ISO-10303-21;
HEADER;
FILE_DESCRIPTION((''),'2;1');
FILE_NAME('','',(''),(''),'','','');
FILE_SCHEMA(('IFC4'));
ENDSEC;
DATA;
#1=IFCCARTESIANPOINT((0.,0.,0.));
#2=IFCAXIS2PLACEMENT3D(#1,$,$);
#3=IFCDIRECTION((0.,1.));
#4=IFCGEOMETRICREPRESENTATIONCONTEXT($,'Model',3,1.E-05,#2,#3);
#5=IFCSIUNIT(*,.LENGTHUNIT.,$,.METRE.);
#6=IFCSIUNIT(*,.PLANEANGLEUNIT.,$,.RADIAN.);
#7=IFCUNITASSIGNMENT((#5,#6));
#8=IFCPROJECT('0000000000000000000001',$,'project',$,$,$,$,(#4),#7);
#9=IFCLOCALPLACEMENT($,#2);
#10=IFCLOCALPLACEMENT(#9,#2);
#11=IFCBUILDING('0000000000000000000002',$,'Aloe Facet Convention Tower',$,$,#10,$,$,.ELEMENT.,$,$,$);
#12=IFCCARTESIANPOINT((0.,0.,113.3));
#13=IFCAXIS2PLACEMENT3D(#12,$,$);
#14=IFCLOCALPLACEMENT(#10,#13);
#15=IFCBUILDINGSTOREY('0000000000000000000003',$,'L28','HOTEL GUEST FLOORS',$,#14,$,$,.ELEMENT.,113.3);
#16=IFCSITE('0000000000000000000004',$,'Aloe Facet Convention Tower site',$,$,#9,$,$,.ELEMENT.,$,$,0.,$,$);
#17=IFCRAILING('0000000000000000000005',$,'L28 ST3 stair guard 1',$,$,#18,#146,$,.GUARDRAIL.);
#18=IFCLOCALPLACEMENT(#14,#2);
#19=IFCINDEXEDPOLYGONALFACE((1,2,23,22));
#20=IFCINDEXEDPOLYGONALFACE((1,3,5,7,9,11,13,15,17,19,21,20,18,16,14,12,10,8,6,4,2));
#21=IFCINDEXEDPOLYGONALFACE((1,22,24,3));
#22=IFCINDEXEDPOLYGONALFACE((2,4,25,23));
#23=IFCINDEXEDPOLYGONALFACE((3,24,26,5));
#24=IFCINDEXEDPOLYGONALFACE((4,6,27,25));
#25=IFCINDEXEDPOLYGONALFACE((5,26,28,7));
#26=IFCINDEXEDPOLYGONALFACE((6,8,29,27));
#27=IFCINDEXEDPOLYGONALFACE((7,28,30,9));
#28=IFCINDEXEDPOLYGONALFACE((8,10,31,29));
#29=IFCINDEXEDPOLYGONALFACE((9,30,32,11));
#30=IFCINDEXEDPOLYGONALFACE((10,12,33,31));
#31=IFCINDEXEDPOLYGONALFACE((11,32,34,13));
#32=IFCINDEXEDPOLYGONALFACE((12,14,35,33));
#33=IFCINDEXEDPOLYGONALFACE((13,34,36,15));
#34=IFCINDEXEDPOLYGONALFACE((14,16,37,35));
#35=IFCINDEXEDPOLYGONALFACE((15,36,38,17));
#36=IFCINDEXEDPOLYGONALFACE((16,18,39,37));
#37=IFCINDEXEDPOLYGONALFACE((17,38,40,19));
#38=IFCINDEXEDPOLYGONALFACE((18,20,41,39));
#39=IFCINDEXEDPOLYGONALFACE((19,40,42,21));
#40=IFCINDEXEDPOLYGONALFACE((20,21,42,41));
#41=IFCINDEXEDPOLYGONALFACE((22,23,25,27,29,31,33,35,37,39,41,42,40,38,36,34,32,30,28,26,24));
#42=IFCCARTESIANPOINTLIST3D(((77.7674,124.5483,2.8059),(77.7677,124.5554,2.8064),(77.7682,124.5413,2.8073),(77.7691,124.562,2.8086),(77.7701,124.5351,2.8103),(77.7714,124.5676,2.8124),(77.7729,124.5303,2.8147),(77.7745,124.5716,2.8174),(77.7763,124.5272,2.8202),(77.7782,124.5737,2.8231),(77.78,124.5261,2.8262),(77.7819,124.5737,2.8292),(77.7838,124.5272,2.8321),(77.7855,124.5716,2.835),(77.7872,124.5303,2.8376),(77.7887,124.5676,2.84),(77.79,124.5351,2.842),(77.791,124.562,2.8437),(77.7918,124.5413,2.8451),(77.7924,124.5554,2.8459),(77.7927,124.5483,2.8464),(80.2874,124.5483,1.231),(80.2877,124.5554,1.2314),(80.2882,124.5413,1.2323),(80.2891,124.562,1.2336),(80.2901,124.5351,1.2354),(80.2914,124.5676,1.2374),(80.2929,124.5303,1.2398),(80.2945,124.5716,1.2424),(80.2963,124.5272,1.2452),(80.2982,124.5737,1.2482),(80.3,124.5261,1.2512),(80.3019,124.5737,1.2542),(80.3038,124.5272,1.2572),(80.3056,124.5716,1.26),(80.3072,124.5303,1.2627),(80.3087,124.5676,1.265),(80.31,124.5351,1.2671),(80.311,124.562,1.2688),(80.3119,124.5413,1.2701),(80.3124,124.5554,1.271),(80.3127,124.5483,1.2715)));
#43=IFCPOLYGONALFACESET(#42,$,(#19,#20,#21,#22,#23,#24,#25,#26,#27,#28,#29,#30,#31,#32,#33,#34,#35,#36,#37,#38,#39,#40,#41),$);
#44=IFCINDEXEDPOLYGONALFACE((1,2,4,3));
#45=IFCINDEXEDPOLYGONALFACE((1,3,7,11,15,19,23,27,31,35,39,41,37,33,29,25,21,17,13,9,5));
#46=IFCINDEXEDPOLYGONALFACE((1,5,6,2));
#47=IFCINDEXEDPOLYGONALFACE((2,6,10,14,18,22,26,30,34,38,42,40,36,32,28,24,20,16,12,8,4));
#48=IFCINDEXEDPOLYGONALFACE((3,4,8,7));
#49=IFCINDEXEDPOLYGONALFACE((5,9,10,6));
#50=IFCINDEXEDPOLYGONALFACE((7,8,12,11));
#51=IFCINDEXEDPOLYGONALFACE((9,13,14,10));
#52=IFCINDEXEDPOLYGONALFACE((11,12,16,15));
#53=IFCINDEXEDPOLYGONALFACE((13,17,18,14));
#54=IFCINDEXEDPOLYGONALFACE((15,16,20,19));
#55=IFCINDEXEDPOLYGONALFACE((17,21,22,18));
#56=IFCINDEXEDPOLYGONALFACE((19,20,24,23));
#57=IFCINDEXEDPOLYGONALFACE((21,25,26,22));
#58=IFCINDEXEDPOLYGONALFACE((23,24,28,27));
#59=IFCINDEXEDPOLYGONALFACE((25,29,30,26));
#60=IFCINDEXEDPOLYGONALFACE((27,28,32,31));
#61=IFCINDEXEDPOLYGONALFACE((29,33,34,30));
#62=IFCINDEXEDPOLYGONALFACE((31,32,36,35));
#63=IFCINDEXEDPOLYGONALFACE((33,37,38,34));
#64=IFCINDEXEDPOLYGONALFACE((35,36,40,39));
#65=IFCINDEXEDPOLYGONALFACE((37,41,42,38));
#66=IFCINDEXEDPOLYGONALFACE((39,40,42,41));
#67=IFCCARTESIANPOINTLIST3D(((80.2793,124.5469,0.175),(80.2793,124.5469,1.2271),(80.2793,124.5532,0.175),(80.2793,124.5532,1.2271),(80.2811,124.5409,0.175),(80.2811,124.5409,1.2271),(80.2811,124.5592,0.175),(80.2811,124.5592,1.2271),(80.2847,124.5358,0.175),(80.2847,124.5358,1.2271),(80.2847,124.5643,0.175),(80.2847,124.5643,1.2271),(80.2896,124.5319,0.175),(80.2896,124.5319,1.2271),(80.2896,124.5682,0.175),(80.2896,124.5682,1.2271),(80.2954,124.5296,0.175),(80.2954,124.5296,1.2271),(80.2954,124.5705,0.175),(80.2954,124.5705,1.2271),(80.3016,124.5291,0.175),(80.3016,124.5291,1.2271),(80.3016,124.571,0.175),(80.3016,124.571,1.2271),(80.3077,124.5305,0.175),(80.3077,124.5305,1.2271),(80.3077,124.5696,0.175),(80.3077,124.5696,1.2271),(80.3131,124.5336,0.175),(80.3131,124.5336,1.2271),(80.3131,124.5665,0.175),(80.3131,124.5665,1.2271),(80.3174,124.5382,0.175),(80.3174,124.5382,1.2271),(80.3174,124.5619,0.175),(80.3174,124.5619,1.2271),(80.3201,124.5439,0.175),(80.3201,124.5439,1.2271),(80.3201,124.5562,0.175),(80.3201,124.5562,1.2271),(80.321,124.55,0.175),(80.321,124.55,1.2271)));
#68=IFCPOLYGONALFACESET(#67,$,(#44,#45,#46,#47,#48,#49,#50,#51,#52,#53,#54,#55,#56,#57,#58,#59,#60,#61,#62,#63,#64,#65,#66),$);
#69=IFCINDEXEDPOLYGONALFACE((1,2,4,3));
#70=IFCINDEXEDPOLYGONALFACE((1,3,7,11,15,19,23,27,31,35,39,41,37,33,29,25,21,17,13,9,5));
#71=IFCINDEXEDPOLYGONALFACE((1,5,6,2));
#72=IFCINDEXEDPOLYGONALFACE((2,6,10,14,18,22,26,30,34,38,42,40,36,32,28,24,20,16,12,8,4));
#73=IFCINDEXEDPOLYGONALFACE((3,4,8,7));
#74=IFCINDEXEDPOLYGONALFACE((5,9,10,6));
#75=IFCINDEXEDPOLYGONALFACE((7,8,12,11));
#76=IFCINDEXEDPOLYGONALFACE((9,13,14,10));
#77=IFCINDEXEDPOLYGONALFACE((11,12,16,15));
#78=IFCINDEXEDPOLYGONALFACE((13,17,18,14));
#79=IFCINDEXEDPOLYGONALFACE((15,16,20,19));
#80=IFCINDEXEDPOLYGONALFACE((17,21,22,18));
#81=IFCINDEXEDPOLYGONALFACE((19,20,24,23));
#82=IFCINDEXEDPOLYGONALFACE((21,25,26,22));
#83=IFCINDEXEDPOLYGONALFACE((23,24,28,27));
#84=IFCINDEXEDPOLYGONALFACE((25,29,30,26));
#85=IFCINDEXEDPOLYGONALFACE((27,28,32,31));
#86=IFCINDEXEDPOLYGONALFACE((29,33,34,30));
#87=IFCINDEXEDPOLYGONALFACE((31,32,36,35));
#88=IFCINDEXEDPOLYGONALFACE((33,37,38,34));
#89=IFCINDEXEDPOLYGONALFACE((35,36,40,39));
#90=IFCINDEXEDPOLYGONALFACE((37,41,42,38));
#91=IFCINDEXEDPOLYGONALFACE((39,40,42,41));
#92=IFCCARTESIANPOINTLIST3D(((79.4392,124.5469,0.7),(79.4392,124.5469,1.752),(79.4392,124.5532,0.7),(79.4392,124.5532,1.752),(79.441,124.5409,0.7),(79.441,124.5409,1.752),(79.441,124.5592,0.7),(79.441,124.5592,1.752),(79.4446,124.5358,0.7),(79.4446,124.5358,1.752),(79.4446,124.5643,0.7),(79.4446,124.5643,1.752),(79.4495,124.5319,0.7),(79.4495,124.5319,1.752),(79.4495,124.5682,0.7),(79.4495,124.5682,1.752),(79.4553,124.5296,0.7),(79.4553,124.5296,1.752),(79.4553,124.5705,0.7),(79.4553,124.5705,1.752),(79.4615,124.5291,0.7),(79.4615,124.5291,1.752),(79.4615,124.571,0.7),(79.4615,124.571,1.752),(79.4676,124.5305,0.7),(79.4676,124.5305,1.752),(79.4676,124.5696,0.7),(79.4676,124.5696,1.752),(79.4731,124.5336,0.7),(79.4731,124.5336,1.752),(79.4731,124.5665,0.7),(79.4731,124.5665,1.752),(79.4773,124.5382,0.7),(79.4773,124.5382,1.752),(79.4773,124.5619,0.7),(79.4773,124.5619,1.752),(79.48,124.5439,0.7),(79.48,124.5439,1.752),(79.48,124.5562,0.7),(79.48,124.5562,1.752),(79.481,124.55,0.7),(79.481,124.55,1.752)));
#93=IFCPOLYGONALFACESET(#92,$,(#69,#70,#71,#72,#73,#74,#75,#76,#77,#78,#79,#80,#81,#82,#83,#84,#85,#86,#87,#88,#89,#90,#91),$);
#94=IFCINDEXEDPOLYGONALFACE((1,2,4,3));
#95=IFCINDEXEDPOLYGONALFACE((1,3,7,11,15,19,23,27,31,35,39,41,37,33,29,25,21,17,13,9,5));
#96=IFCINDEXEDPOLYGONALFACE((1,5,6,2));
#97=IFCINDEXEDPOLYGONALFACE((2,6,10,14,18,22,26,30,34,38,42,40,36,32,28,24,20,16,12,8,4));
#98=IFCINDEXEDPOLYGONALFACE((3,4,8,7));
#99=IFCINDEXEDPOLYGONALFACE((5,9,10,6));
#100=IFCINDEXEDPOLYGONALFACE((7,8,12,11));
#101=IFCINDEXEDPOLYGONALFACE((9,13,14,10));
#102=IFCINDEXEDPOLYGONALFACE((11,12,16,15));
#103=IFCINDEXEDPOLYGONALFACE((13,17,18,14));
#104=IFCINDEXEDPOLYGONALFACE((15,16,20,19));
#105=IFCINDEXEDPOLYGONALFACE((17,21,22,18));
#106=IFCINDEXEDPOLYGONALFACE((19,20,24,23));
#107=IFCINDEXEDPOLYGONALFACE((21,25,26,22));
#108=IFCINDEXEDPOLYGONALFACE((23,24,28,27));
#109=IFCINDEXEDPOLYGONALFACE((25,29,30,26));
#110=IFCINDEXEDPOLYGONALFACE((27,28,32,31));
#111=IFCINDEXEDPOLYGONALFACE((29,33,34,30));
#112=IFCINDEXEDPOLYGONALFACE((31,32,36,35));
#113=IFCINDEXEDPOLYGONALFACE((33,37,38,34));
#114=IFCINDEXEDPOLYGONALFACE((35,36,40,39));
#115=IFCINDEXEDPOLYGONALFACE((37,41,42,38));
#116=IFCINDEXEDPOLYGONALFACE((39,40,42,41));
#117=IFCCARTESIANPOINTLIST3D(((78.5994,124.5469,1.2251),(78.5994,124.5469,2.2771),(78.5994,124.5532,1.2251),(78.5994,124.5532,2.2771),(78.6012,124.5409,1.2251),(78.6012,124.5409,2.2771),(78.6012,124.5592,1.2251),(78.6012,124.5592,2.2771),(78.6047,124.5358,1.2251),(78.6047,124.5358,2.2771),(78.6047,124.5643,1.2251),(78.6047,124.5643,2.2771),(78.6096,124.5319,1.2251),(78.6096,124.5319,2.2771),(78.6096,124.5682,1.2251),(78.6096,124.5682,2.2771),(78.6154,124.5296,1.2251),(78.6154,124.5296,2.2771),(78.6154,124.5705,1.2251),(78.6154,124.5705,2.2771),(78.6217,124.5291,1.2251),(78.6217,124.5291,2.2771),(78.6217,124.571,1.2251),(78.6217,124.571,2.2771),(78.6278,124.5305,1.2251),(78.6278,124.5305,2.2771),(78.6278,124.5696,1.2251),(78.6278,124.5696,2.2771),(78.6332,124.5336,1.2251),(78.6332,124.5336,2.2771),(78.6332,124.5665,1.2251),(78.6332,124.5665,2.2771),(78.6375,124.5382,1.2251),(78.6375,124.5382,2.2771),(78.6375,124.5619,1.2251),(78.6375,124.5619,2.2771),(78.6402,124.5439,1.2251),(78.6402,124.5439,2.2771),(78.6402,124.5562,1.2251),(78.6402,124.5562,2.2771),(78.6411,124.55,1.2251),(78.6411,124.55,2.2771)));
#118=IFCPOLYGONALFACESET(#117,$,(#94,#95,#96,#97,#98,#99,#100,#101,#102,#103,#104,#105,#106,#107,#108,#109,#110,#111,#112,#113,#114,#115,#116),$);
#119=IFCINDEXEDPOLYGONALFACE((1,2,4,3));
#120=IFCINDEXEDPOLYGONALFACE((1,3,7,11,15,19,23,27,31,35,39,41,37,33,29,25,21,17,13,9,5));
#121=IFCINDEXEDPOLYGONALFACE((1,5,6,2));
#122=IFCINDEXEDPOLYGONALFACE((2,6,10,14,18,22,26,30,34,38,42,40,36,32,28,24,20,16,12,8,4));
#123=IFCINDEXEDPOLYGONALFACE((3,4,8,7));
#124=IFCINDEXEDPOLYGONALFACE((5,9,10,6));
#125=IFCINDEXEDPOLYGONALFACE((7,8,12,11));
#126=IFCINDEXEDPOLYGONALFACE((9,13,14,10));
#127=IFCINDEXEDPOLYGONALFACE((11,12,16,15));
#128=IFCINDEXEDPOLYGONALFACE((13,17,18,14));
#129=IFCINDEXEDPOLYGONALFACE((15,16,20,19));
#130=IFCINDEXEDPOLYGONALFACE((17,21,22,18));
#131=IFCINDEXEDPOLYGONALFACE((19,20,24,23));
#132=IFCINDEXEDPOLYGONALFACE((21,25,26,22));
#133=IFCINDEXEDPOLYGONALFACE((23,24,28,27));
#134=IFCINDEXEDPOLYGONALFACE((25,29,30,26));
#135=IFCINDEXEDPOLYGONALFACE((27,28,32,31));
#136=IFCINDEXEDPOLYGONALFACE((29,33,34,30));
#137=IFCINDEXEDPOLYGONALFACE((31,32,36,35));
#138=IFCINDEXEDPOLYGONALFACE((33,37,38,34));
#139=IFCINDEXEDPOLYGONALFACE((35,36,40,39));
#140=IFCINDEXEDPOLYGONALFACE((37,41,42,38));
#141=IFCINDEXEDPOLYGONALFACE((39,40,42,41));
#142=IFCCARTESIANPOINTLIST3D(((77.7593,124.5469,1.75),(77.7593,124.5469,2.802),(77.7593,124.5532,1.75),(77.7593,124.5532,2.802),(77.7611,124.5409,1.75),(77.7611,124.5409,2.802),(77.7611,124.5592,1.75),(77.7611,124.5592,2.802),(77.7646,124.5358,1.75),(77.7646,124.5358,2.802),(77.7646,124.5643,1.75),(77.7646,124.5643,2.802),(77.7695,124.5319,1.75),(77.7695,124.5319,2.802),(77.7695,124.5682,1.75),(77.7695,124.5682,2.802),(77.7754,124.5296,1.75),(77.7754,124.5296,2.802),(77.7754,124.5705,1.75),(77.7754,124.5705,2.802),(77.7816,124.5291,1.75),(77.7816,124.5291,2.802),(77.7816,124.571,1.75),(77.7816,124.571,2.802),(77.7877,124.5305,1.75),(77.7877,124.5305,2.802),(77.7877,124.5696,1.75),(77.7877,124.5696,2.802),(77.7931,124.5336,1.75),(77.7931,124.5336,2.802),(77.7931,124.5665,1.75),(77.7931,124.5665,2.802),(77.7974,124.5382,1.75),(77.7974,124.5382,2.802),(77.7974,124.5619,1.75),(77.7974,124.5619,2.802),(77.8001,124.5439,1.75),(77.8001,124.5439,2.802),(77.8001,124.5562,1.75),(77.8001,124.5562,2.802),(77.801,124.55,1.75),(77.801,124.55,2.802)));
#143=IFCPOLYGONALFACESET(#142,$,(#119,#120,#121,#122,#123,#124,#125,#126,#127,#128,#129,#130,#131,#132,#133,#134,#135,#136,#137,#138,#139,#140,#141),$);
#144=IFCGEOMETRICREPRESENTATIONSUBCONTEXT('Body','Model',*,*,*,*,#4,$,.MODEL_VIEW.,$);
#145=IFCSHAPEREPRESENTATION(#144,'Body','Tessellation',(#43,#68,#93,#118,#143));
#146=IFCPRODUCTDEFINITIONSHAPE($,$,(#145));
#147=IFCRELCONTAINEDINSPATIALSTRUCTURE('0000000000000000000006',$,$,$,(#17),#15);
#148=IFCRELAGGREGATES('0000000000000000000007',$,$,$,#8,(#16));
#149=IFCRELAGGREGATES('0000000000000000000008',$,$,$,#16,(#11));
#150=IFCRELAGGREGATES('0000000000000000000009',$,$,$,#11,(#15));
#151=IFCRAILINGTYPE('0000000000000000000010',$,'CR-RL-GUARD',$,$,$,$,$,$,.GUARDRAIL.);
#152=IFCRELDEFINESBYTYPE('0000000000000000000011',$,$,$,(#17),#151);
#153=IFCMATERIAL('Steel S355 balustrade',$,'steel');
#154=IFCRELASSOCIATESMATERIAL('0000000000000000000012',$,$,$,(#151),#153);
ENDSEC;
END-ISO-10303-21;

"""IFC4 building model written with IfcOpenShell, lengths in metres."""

from ifc_helpers import new_model, si_unit, direction, frame, origin, origin_2d, place, context, subcontext, project, spatial, circle, extrude, material, type_object, element, save


model = new_model("IFC4")

# Units and contexts
model_context = context("Model", 3, precision=1e-05, world=origin(), true_north=direction((0.0, 1.0)))
body_context = subcontext(model_context, "Body", "Model", "MODEL_VIEW")
ifc_project = project(units=[si_unit("LENGTHUNIT", "METRE"), si_unit("PLANEANGLEUNIT", "RADIAN")], contexts=[model_context])

# Site, building, storey
site_placement = place(None, origin())
site = spatial("IfcSite", under=ifc_project, at=site_placement, Name="Aloe Facet Convention Tower site", CompositionType="ELEMENT", RefElevation=0.0)
building_placement = place(site_placement, origin())
building = spatial("IfcBuilding", under=site, at=building_placement, Name="Aloe Facet Convention Tower", CompositionType="ELEMENT")
storey_placement = place(building_placement, frame((0.0, 0.0, 113.3)))
storey = spatial("IfcBuildingStorey", under=building, at=storey_placement, Name="L28", Description="HOTEL GUEST FLOORS", CompositionType="ELEMENT", Elevation=113.3)

# Railing
ifc_material_1 = material(Name="Steel S355 balustrade", Category="steel")
railing_type_1 = type_object("IfcRailingType", Name="CR-RL-GUARD", PredefinedType="GUARDRAIL", material=ifc_material_1)
railing_1_placement = place(storey_placement, frame((80.3, 124.55, 0.175)))
element("IfcRailing", 1, at=railing_1_placement, inside=storey, type_object=railing_type_1, Name="L28 ST3 stair guard 1", PredefinedType="GUARDRAIL", context=body_context, shape_type="SweptSolid", body=[
    extrude(circle(Radius=0.0239, at=origin_2d()), frame((0.0, 0.0, 1.0762), z_axis=(-0.848008, 0.0, 0.529984), x_axis=(0.0, -1.0, 0.0)), (0.0, 0.0, 1.0), 2.9717),
    extrude(circle(Radius=0.021, at=origin_2d()), origin(), (0.0, 0.0, 1.0), 1.052),
    extrude(circle(Radius=0.021, at=origin_2d()), frame((-0.8401, 0.0, 0.5249)), (0.0, 0.0, 1.0), 1.052),
    extrude(circle(Radius=0.021, at=origin_2d()), frame((-1.6799, 0.0, 1.05)), (0.0, 0.0, 1.0), 1.052),
    extrude(circle(Radius=0.021, at=origin_2d()), frame((-2.52, 0.0, 1.575)), (0.0, 0.0, 1.0), 1.052),
])

save(model, "model.ifc")
